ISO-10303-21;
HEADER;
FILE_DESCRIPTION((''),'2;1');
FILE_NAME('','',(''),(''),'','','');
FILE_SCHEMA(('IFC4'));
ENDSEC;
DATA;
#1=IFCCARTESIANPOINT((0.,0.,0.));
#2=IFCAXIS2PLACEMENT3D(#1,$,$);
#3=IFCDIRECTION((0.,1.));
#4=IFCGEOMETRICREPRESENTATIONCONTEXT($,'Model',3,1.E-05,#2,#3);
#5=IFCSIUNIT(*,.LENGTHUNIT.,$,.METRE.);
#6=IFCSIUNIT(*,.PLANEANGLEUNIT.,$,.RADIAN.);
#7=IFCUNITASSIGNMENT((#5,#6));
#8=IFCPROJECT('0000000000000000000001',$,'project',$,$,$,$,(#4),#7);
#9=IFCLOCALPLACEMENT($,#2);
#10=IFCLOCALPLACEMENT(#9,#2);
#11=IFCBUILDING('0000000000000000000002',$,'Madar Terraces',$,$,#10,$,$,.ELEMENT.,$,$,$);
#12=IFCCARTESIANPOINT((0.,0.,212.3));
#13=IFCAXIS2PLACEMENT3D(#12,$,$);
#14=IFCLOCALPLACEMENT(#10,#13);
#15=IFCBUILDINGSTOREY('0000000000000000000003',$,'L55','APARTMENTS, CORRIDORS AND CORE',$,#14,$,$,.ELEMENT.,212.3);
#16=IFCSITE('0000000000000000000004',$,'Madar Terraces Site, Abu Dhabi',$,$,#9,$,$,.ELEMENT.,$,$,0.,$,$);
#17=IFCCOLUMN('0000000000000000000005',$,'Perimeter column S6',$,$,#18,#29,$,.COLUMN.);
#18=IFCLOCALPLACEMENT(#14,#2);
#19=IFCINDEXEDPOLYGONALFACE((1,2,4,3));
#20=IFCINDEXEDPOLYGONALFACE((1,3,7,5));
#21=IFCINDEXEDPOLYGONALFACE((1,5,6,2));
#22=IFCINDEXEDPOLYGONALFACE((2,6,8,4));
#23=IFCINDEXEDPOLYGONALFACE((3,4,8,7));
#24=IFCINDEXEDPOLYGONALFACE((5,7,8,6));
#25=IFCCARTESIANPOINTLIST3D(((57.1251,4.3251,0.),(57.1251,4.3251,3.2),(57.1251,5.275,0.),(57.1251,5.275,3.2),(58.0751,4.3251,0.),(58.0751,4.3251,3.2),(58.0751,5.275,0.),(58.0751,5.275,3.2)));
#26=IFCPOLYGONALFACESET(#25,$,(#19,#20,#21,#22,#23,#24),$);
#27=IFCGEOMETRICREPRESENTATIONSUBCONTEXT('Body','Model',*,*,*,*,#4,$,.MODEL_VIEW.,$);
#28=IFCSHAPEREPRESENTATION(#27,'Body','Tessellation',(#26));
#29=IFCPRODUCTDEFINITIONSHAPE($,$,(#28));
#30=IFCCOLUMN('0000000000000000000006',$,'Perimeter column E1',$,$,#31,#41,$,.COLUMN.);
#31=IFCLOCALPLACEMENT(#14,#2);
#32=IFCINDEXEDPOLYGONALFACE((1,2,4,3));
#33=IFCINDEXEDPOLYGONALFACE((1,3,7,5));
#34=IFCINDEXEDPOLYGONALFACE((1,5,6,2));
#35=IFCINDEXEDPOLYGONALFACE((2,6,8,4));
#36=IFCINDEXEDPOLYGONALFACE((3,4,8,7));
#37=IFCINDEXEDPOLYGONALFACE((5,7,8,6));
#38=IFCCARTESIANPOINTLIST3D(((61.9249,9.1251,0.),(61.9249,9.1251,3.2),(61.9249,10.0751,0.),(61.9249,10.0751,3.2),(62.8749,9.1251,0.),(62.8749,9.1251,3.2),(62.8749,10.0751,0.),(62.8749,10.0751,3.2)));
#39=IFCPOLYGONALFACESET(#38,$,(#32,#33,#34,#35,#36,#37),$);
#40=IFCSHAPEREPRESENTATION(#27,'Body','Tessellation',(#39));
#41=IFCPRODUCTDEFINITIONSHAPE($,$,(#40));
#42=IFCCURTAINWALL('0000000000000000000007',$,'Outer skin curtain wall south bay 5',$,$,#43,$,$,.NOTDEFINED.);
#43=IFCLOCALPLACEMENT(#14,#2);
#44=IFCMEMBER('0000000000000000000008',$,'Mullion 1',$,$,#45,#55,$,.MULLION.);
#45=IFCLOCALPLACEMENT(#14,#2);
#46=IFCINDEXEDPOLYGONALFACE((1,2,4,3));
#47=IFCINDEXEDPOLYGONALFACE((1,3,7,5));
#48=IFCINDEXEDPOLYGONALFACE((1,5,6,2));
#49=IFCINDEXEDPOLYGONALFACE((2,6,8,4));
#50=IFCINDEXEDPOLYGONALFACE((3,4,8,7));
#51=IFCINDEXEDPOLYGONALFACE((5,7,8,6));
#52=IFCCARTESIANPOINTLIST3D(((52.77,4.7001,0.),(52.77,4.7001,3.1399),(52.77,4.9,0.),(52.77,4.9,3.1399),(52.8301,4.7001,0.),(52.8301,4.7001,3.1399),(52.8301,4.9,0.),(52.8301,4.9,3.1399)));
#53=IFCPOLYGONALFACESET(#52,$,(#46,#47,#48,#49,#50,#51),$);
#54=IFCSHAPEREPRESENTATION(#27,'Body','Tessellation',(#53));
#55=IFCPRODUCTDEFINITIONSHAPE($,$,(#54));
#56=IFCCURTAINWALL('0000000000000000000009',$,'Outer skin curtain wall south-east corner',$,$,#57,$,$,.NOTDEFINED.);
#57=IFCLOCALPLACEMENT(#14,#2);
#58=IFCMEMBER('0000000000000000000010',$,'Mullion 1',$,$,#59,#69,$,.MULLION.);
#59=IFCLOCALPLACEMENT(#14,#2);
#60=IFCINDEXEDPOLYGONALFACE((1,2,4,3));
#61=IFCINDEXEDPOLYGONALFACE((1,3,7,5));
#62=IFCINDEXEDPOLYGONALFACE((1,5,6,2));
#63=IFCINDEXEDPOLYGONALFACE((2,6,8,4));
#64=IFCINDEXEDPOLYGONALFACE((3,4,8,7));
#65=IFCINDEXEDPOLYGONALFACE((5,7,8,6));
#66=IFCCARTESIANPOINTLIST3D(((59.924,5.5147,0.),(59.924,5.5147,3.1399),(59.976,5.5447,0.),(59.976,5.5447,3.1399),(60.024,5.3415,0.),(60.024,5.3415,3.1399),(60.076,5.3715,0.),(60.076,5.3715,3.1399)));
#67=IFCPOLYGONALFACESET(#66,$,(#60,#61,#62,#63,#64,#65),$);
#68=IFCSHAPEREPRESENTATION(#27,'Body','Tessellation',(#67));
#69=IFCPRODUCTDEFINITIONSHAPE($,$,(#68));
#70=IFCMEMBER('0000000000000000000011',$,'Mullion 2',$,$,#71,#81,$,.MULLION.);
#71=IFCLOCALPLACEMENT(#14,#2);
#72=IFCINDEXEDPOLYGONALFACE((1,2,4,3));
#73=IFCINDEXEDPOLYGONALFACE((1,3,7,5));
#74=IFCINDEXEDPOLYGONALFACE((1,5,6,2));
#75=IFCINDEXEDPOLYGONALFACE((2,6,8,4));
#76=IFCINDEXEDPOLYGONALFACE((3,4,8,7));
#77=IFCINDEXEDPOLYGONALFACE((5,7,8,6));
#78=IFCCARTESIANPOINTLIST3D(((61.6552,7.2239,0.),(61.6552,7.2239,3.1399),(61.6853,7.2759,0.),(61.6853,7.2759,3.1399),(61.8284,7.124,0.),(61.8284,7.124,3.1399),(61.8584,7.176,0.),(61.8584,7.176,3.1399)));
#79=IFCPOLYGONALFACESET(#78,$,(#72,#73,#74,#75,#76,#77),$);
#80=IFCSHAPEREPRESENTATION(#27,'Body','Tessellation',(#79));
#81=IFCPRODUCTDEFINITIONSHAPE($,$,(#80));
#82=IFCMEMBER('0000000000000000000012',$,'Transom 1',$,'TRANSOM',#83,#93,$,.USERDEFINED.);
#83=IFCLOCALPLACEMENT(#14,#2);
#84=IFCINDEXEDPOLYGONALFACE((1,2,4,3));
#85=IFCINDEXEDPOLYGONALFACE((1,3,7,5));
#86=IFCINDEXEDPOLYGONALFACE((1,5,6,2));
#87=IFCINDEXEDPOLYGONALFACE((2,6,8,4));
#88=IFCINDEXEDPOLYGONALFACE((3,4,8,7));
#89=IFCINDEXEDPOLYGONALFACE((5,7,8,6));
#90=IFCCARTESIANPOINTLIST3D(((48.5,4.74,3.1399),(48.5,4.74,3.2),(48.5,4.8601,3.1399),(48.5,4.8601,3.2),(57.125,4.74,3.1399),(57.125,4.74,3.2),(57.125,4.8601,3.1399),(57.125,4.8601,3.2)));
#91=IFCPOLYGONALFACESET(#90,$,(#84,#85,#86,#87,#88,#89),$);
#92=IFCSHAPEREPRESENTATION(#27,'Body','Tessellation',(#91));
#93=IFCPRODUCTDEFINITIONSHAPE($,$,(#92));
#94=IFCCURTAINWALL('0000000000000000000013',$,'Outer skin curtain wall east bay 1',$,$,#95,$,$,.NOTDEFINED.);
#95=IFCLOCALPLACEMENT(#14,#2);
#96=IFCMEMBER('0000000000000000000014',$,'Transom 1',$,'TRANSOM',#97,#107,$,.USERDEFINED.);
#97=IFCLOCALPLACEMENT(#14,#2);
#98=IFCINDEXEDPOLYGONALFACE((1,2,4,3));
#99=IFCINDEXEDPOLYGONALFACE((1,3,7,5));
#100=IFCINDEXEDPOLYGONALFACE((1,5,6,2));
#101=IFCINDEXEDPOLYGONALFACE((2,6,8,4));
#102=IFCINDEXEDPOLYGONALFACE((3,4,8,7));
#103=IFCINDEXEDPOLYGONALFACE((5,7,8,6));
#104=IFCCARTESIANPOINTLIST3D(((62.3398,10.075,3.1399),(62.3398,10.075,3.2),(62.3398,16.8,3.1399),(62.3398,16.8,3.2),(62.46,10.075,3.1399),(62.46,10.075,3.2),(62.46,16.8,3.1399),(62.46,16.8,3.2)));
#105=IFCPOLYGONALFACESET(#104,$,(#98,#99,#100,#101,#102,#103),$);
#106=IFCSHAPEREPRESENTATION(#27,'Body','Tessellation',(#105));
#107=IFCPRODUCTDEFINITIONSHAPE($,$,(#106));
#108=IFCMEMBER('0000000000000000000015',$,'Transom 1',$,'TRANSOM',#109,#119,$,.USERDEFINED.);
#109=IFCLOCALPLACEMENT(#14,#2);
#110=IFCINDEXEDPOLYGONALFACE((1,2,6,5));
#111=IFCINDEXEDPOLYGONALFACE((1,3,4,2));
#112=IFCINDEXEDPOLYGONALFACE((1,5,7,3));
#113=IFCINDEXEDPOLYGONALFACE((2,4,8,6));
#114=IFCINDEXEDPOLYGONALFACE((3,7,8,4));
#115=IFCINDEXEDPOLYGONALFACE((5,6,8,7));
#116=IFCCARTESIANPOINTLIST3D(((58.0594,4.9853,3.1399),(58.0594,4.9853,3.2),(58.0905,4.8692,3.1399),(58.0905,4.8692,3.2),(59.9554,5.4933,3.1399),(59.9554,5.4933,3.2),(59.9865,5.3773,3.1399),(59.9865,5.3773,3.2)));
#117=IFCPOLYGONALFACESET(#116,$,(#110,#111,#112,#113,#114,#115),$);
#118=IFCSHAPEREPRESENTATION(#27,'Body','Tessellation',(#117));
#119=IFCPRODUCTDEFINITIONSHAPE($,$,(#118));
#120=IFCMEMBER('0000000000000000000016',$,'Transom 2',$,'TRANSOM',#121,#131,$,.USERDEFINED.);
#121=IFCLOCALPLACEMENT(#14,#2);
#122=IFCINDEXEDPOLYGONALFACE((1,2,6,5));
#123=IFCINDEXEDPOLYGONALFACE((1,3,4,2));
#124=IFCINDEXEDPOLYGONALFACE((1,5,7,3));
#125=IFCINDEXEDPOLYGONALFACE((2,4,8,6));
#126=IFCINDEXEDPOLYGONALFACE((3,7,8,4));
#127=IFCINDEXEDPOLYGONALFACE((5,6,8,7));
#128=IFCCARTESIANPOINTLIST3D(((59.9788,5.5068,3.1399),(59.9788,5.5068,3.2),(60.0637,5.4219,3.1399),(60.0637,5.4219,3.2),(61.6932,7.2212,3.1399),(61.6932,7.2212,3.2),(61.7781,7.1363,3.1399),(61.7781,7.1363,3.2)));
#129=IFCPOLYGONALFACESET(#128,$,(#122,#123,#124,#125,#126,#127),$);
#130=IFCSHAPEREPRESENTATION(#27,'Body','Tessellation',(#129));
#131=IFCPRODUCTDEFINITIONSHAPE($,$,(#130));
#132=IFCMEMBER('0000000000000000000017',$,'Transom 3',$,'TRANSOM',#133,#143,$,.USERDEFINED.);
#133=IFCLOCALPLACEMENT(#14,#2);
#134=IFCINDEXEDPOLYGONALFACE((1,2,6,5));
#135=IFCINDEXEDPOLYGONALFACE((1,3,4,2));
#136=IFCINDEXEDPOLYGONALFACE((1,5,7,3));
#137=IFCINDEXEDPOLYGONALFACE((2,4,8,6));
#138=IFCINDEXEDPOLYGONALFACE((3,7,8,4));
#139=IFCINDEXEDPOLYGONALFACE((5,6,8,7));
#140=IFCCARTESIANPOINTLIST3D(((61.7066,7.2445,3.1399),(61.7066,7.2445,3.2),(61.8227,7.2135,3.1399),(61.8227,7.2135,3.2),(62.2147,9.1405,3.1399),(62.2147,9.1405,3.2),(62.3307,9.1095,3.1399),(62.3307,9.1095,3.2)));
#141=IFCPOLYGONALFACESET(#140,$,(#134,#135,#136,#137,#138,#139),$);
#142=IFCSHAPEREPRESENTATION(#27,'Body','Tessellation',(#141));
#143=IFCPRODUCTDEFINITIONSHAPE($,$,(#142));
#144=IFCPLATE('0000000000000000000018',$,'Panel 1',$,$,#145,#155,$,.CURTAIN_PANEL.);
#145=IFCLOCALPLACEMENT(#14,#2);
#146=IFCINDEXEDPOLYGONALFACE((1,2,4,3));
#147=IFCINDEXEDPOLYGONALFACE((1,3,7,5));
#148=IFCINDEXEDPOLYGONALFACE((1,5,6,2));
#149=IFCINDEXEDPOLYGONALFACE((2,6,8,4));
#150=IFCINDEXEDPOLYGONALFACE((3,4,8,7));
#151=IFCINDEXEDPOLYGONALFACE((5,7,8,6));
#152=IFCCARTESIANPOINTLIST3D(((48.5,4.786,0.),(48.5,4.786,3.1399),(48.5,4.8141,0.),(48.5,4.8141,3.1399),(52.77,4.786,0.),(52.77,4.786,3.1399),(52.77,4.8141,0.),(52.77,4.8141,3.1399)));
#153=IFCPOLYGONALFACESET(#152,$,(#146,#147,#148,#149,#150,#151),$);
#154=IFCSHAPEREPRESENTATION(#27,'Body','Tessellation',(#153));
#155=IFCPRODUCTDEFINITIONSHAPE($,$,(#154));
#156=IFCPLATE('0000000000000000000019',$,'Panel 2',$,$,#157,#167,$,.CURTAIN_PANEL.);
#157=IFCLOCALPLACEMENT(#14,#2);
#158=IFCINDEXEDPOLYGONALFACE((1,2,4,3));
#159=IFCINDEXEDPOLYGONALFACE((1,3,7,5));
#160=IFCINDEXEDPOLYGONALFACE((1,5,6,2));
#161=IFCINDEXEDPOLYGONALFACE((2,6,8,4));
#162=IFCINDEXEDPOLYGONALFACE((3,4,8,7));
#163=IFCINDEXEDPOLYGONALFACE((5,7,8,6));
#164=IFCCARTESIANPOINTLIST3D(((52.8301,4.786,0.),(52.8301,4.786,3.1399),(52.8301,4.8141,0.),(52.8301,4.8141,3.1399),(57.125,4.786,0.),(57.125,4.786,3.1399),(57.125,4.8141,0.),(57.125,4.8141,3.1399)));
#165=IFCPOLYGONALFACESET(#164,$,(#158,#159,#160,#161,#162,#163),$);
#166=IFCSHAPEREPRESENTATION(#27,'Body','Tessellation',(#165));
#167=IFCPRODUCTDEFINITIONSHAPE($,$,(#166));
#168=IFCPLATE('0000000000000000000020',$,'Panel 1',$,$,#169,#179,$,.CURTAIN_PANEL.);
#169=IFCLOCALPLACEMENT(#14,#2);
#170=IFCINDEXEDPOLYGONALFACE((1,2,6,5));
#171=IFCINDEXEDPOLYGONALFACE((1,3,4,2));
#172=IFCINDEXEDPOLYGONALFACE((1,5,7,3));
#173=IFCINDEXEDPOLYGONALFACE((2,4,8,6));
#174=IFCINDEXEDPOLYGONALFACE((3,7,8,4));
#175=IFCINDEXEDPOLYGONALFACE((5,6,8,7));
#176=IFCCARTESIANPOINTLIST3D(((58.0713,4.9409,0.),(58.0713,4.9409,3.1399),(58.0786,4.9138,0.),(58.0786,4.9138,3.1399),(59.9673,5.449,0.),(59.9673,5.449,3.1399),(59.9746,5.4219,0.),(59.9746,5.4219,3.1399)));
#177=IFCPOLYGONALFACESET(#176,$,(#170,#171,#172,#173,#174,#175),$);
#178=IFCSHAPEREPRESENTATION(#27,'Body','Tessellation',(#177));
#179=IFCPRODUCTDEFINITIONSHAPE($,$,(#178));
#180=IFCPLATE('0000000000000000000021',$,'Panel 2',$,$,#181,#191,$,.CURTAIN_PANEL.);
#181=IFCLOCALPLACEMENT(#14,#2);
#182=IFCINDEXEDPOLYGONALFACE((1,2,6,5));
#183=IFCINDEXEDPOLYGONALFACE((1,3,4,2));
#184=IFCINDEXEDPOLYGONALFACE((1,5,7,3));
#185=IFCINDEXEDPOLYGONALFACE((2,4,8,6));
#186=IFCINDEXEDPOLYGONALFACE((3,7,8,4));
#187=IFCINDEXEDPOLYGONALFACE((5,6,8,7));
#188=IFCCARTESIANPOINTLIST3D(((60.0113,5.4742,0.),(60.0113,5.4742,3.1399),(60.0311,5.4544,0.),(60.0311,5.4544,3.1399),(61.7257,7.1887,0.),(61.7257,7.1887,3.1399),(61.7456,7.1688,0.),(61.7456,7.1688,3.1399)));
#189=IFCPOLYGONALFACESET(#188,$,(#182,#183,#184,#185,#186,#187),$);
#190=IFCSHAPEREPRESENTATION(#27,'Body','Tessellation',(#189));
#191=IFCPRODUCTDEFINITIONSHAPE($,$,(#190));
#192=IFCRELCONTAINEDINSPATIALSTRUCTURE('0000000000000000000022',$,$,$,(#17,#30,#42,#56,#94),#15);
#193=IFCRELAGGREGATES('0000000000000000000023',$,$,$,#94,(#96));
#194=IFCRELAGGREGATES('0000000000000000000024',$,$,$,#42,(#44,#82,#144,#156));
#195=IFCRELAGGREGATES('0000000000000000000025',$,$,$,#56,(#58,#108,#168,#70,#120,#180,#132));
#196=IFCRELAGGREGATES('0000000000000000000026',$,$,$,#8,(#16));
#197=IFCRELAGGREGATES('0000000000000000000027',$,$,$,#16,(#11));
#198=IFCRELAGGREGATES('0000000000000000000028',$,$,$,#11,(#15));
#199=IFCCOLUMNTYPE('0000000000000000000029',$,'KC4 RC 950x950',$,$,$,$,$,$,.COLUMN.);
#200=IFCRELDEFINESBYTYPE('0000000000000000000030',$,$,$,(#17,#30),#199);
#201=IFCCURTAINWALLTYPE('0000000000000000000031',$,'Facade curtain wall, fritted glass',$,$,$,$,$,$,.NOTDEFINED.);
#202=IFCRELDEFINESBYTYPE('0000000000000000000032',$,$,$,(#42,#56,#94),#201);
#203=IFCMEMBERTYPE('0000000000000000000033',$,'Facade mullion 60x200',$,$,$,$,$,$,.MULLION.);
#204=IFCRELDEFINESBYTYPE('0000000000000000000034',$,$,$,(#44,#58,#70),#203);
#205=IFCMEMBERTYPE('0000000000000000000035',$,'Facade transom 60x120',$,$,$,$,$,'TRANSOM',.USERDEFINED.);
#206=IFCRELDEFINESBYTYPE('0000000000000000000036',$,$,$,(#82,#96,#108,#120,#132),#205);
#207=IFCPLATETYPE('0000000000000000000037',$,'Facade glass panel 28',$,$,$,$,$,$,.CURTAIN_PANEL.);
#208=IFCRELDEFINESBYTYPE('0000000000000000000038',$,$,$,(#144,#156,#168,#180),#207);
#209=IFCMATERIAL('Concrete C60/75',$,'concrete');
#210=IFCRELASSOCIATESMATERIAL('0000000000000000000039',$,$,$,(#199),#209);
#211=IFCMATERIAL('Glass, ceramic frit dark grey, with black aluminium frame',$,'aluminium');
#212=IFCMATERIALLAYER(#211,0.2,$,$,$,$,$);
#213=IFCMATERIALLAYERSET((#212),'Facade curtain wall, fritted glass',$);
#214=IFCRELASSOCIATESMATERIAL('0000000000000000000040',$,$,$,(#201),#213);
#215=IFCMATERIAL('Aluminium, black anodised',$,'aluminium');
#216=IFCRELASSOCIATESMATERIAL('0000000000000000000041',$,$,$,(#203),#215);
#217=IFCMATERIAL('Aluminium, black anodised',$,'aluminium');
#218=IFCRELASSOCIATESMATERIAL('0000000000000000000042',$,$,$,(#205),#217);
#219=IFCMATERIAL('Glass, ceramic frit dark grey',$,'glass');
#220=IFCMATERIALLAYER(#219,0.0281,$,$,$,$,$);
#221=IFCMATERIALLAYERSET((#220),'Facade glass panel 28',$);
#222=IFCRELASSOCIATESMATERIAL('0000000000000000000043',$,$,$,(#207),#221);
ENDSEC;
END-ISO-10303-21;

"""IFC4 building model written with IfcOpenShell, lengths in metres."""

from ifc_helpers import new_model, si_unit, direction, frame, origin, origin_2d, place, context, subcontext, project, spatial, rectangle, extrude, material, layer, layer_set, material_profile, profile_set, type_object, element, aggregate, save


model = new_model("IFC4")

# Units and contexts
model_context = context("Model", 3, precision=1e-05, world=origin(), true_north=direction((0.0, 1.0)))
body_context = subcontext(model_context, "Body", "Model", "MODEL_VIEW")
ifc_project = project(units=[si_unit("LENGTHUNIT", "METRE"), si_unit("PLANEANGLEUNIT", "RADIAN")], contexts=[model_context])

# Site, building, storey
site_placement = place(None, origin())
site = spatial("IfcSite", under=ifc_project, at=site_placement, Name="Madar Terraces Site, Abu Dhabi", CompositionType="ELEMENT", RefElevation=0.0)
building_placement = place(site_placement, origin())
building = spatial("IfcBuilding", under=site, at=building_placement, Name="Madar Terraces", CompositionType="ELEMENT")
storey_placement = place(building_placement, frame((0.0, 0.0, 212.3)))
storey = spatial("IfcBuildingStorey", under=building, at=storey_placement, Name="L55", Description="APARTMENTS, CORRIDORS AND CORE", CompositionType="ELEMENT", Elevation=212.3)

# Columns
ifc_material_1 = material(Name="Concrete C60/75", Category="concrete")
ifc_material_profile_1 = material_profile(ifc_material_1, rectangle(XDim=0.95, YDim=0.95, at=origin_2d()), Name="KC4 RC 950x950")
ifc_profile_set_1 = profile_set([ifc_material_profile_1], Name="Concrete C60/75")
column_type = type_object("IfcColumnType", Name="KC4 RC 950x950", PredefinedType="COLUMN", material=ifc_profile_set_1)
for number, where, z_axis, x_axis, name in (
    (1, (57.6001, 4.8, 0.0), (0.0, 0.0, 1.0), (1.0, 0.0, 0.0), "Perimeter column S6"),
    (2, (62.3999, 9.6001, 0.0), (0.0, 0.0, 1.0), (1.0, 0.0, 0.0), "Perimeter column E1"),
):
    element("IfcColumn", number, at=place(storey_placement, frame(where, z_axis=z_axis, x_axis=x_axis)), inside=storey, type_object=column_type, Name=name, PredefinedType="COLUMN", context=body_context, shape_type="SweptSolid", body=[
        extrude(rectangle(XDim=0.95, YDim=0.95, at=origin_2d()), origin(), (0.0, 0.0, 1.0), 3.2),
    ])

# Curtain wall, member
ifc_material_2 = material(Name="Glass, ceramic frit dark grey, with black aluminium frame", Category="aluminium")
ifc_layer_1 = layer(ifc_material_2, 0.2)
ifc_layer_set_1 = layer_set([ifc_layer_1], Name="Facade curtain wall, fritted glass")
curtain_wall_type = type_object("IfcCurtainWallType", Name="Facade curtain wall, fritted glass", PredefinedType="NOTDEFINED", material=ifc_layer_set_1)
curtain_wall_1_placement = place(storey_placement, origin())
curtain_wall_1 = element("IfcCurtainWall", 3, at=curtain_wall_1_placement, inside=storey, type_object=curtain_wall_type, Name="Outer skin curtain wall south bay 5", PredefinedType="NOTDEFINED")
ifc_material_3 = material(Name="Aluminium, black anodised", Category="aluminium")
ifc_material_profile_2 = material_profile(ifc_material_3, rectangle(XDim=0.2, YDim=0.0601, at=origin_2d()), Name="Facade mullion 60x200")
ifc_profile_set_2 = profile_set([ifc_material_profile_2], Name="Aluminium, black anodised")
member_type_1 = type_object("IfcMemberType", Name="Facade mullion 60x200", PredefinedType="MULLION", material=ifc_profile_set_2)
member_1_placement = place(storey_placement, frame((52.8, 4.8, 0.0), z_axis=(0.0, 0.0, 1.0), x_axis=(0.0, 1.0, 0.0)))
member_1 = element("IfcMember", 4, at=member_1_placement, type_object=member_type_1, Name="Mullion 1", PredefinedType="MULLION", context=body_context, shape_type="SweptSolid", body=[
    extrude(rectangle(XDim=0.2, YDim=0.0601, at=origin_2d()), origin(), (0.0, 0.0, 1.0), 3.1399),
])

# Curtain wall, members
curtain_wall_2_placement = place(storey_placement, origin())
curtain_wall_2 = element("IfcCurtainWall", 5, at=curtain_wall_2_placement, inside=storey, type_object=curtain_wall_type, Name="Outer skin curtain wall south-east corner", PredefinedType="NOTDEFINED")
member_2_placement = place(storey_placement, frame((60.0, 5.4431, 0.0), z_axis=(0.0, 0.0, 1.0), x_axis=(-0.5, 0.866025, 0.0)))
member_2 = element("IfcMember", 6, at=member_2_placement, type_object=member_type_1, Name="Mullion 1", PredefinedType="MULLION", context=body_context, shape_type="SweptSolid", body=[
    extrude(rectangle(XDim=0.2, YDim=0.0601, at=origin_2d()), origin(), (0.0, 0.0, 1.0), 3.1399),
])
member_3_placement = place(storey_placement, frame((61.7568, 7.2, 0.0), z_axis=(0.0, 0.0, 1.0), x_axis=(-0.866025, 0.5, 0.0)))
member_3 = element("IfcMember", 7, at=member_3_placement, type_object=member_type_1, Name="Mullion 2", PredefinedType="MULLION", context=body_context, shape_type="SweptSolid", body=[
    extrude(rectangle(XDim=0.2, YDim=0.0601, at=origin_2d()), origin(), (0.0, 0.0, 1.0), 3.1399),
])

# Member
ifc_material_4 = material(Name="Aluminium, black anodised", Category="aluminium")
ifc_material_profile_3 = material_profile(ifc_material_4, rectangle(XDim=0.1201, YDim=0.0601, at=origin_2d()), Name="Facade transom 60x120")
ifc_profile_set_3 = profile_set([ifc_material_profile_3], Name="Aluminium, black anodised")
member_type_2 = type_object("IfcMemberType", Name="Facade transom 60x120", ElementType="TRANSOM", PredefinedType="USERDEFINED", material=ifc_profile_set_3)
member_4_placement = place(storey_placement, frame((48.5, 4.8, 3.1699), z_axis=(1.0, 0.0, 0.0), x_axis=(0.0, 1.0, 0.0)))
member_4 = element("IfcMember", 8, at=member_4_placement, type_object=member_type_2, Name="Transom 1", ObjectType="TRANSOM", PredefinedType="USERDEFINED", context=body_context, shape_type="SweptSolid", body=[
    extrude(rectangle(XDim=0.1201, YDim=0.0601, at=origin_2d()), origin(), (0.0, 0.0, 1.0), 8.625),
])

# Curtain wall, member
curtain_wall_3_placement = place(storey_placement, origin())
curtain_wall_3 = element("IfcCurtainWall", 9, at=curtain_wall_3_placement, inside=storey, type_object=curtain_wall_type, Name="Outer skin curtain wall east bay 1", PredefinedType="NOTDEFINED")
member_5_placement = place(storey_placement, frame((62.3999, 10.075, 3.1699), z_axis=(0.0, 1.0, 0.0), x_axis=(-1.0, 0.0, 0.0)))
member_5 = element("IfcMember", 10, at=member_5_placement, type_object=member_type_2, Name="Transom 1", ObjectType="TRANSOM", PredefinedType="USERDEFINED", context=body_context, shape_type="SweptSolid", body=[
    extrude(rectangle(XDim=0.1201, YDim=0.0601, at=origin_2d()), origin(), (0.0, 0.0, 1.0), 6.7251),
])
aggregate(curtain_wall_3, [member_5])

# Members
member_6_placement = place(storey_placement, frame((58.075, 4.9272, 3.1699), z_axis=(0.965923, 0.258831, 0.0), x_axis=(-0.258831, 0.965923, 0.0)))
member_6 = element("IfcMember", 11, at=member_6_placement, type_object=member_type_2, Name="Transom 1", ObjectType="TRANSOM", PredefinedType="USERDEFINED", context=body_context, shape_type="SweptSolid", body=[
    extrude(rectangle(XDim=0.1201, YDim=0.0601, at=origin_2d()), origin(), (0.0, 0.0, 1.0), 1.9629),
])
member_7_placement = place(storey_placement, frame((60.0212, 5.4644, 3.1699), z_axis=(0.707107, 0.707107, 0.0), x_axis=(-0.707107, 0.707107, 0.0)))
member_7 = element("IfcMember", 12, at=member_7_placement, type_object=member_type_2, Name="Transom 2", ObjectType="TRANSOM", PredefinedType="USERDEFINED", context=body_context, shape_type="SweptSolid", body=[
    extrude(rectangle(XDim=0.1201, YDim=0.0601, at=origin_2d()), origin(), (0.0, 0.0, 1.0), 2.4246),
])
member_8_placement = place(storey_placement, frame((61.7646, 7.229, 3.1699), z_axis=(0.258831, 0.965923, 0.0), x_axis=(-0.965923, 0.258831, 0.0)))
member_8 = element("IfcMember", 13, at=member_8_placement, type_object=member_type_2, Name="Transom 3", ObjectType="TRANSOM", PredefinedType="USERDEFINED", context=body_context, shape_type="SweptSolid", body=[
    extrude(rectangle(XDim=0.1201, YDim=0.0601, at=origin_2d()), origin(), (0.0, 0.0, 1.0), 1.9629),
])

# Plates
ifc_material_5 = material(Name="Glass, ceramic frit dark grey", Category="glass")
ifc_layer_2 = layer(ifc_material_5, 0.0281)
ifc_layer_set_2 = layer_set([ifc_layer_2], Name="Facade glass panel 28")
plate_type = type_object("IfcPlateType", Name="Facade glass panel 28", PredefinedType="CURTAIN_PANEL", material=ifc_layer_set_2)
plate_1_placement = place(storey_placement, frame((50.635, 4.8, 0.0), z_axis=(0.0, 0.0, 1.0), x_axis=(1.0, 0.0, 0.0)))
plate_1 = element("IfcPlate", 14, at=plate_1_placement, type_object=plate_type, Name="Panel 1", PredefinedType="CURTAIN_PANEL", context=body_context, shape_type="SweptSolid", body=[
    extrude(rectangle(XDim=4.27, YDim=0.0281, at=origin_2d()), origin(), (0.0, 0.0, 1.0), 3.1399),
])
plate_2_placement = place(storey_placement, frame((54.9775, 4.8, 0.0), z_axis=(0.0, 0.0, 1.0), x_axis=(1.0, 0.0, 0.0)))
plate_2 = element("IfcPlate", 15, at=plate_2_placement, type_object=plate_type, Name="Panel 2", PredefinedType="CURTAIN_PANEL", context=body_context, shape_type="SweptSolid", body=[
    extrude(rectangle(XDim=4.2949, YDim=0.0281, at=origin_2d()), origin(), (0.0, 0.0, 1.0), 3.1399),
])
aggregate(curtain_wall_1, [member_1, member_4, plate_1, plate_2])
plate_3_placement = place(storey_placement, frame((59.0229, 5.1814, 0.0), z_axis=(0.0, 0.0, 1.0), x_axis=(0.965926, 0.258819, 0.0)))
plate_3 = element("IfcPlate", 16, at=plate_3_placement, type_object=plate_type, Name="Panel 1", PredefinedType="CURTAIN_PANEL", context=body_context, shape_type="SweptSolid", body=[
    extrude(rectangle(XDim=1.9629, YDim=0.0281, at=origin_2d()), origin(), (0.0, 0.0, 1.0), 3.1399),
])
plate_4_placement = place(storey_placement, frame((60.8784, 6.3215, 0.0), z_axis=(0.0, 0.0, 1.0), x_axis=(0.707107, 0.707107, 0.0)))
plate_4 = element("IfcPlate", 17, at=plate_4_placement, type_object=plate_type, Name="Panel 2", PredefinedType="CURTAIN_PANEL", context=body_context, shape_type="SweptSolid", body=[
    extrude(rectangle(XDim=2.4246, YDim=0.0281, at=origin_2d()), origin(), (0.0, 0.0, 1.0), 3.1399),
])
aggregate(curtain_wall_2, [member_2, member_6, plate_3, member_3, member_7, plate_4, member_8])

save(model, "model.ifc")
